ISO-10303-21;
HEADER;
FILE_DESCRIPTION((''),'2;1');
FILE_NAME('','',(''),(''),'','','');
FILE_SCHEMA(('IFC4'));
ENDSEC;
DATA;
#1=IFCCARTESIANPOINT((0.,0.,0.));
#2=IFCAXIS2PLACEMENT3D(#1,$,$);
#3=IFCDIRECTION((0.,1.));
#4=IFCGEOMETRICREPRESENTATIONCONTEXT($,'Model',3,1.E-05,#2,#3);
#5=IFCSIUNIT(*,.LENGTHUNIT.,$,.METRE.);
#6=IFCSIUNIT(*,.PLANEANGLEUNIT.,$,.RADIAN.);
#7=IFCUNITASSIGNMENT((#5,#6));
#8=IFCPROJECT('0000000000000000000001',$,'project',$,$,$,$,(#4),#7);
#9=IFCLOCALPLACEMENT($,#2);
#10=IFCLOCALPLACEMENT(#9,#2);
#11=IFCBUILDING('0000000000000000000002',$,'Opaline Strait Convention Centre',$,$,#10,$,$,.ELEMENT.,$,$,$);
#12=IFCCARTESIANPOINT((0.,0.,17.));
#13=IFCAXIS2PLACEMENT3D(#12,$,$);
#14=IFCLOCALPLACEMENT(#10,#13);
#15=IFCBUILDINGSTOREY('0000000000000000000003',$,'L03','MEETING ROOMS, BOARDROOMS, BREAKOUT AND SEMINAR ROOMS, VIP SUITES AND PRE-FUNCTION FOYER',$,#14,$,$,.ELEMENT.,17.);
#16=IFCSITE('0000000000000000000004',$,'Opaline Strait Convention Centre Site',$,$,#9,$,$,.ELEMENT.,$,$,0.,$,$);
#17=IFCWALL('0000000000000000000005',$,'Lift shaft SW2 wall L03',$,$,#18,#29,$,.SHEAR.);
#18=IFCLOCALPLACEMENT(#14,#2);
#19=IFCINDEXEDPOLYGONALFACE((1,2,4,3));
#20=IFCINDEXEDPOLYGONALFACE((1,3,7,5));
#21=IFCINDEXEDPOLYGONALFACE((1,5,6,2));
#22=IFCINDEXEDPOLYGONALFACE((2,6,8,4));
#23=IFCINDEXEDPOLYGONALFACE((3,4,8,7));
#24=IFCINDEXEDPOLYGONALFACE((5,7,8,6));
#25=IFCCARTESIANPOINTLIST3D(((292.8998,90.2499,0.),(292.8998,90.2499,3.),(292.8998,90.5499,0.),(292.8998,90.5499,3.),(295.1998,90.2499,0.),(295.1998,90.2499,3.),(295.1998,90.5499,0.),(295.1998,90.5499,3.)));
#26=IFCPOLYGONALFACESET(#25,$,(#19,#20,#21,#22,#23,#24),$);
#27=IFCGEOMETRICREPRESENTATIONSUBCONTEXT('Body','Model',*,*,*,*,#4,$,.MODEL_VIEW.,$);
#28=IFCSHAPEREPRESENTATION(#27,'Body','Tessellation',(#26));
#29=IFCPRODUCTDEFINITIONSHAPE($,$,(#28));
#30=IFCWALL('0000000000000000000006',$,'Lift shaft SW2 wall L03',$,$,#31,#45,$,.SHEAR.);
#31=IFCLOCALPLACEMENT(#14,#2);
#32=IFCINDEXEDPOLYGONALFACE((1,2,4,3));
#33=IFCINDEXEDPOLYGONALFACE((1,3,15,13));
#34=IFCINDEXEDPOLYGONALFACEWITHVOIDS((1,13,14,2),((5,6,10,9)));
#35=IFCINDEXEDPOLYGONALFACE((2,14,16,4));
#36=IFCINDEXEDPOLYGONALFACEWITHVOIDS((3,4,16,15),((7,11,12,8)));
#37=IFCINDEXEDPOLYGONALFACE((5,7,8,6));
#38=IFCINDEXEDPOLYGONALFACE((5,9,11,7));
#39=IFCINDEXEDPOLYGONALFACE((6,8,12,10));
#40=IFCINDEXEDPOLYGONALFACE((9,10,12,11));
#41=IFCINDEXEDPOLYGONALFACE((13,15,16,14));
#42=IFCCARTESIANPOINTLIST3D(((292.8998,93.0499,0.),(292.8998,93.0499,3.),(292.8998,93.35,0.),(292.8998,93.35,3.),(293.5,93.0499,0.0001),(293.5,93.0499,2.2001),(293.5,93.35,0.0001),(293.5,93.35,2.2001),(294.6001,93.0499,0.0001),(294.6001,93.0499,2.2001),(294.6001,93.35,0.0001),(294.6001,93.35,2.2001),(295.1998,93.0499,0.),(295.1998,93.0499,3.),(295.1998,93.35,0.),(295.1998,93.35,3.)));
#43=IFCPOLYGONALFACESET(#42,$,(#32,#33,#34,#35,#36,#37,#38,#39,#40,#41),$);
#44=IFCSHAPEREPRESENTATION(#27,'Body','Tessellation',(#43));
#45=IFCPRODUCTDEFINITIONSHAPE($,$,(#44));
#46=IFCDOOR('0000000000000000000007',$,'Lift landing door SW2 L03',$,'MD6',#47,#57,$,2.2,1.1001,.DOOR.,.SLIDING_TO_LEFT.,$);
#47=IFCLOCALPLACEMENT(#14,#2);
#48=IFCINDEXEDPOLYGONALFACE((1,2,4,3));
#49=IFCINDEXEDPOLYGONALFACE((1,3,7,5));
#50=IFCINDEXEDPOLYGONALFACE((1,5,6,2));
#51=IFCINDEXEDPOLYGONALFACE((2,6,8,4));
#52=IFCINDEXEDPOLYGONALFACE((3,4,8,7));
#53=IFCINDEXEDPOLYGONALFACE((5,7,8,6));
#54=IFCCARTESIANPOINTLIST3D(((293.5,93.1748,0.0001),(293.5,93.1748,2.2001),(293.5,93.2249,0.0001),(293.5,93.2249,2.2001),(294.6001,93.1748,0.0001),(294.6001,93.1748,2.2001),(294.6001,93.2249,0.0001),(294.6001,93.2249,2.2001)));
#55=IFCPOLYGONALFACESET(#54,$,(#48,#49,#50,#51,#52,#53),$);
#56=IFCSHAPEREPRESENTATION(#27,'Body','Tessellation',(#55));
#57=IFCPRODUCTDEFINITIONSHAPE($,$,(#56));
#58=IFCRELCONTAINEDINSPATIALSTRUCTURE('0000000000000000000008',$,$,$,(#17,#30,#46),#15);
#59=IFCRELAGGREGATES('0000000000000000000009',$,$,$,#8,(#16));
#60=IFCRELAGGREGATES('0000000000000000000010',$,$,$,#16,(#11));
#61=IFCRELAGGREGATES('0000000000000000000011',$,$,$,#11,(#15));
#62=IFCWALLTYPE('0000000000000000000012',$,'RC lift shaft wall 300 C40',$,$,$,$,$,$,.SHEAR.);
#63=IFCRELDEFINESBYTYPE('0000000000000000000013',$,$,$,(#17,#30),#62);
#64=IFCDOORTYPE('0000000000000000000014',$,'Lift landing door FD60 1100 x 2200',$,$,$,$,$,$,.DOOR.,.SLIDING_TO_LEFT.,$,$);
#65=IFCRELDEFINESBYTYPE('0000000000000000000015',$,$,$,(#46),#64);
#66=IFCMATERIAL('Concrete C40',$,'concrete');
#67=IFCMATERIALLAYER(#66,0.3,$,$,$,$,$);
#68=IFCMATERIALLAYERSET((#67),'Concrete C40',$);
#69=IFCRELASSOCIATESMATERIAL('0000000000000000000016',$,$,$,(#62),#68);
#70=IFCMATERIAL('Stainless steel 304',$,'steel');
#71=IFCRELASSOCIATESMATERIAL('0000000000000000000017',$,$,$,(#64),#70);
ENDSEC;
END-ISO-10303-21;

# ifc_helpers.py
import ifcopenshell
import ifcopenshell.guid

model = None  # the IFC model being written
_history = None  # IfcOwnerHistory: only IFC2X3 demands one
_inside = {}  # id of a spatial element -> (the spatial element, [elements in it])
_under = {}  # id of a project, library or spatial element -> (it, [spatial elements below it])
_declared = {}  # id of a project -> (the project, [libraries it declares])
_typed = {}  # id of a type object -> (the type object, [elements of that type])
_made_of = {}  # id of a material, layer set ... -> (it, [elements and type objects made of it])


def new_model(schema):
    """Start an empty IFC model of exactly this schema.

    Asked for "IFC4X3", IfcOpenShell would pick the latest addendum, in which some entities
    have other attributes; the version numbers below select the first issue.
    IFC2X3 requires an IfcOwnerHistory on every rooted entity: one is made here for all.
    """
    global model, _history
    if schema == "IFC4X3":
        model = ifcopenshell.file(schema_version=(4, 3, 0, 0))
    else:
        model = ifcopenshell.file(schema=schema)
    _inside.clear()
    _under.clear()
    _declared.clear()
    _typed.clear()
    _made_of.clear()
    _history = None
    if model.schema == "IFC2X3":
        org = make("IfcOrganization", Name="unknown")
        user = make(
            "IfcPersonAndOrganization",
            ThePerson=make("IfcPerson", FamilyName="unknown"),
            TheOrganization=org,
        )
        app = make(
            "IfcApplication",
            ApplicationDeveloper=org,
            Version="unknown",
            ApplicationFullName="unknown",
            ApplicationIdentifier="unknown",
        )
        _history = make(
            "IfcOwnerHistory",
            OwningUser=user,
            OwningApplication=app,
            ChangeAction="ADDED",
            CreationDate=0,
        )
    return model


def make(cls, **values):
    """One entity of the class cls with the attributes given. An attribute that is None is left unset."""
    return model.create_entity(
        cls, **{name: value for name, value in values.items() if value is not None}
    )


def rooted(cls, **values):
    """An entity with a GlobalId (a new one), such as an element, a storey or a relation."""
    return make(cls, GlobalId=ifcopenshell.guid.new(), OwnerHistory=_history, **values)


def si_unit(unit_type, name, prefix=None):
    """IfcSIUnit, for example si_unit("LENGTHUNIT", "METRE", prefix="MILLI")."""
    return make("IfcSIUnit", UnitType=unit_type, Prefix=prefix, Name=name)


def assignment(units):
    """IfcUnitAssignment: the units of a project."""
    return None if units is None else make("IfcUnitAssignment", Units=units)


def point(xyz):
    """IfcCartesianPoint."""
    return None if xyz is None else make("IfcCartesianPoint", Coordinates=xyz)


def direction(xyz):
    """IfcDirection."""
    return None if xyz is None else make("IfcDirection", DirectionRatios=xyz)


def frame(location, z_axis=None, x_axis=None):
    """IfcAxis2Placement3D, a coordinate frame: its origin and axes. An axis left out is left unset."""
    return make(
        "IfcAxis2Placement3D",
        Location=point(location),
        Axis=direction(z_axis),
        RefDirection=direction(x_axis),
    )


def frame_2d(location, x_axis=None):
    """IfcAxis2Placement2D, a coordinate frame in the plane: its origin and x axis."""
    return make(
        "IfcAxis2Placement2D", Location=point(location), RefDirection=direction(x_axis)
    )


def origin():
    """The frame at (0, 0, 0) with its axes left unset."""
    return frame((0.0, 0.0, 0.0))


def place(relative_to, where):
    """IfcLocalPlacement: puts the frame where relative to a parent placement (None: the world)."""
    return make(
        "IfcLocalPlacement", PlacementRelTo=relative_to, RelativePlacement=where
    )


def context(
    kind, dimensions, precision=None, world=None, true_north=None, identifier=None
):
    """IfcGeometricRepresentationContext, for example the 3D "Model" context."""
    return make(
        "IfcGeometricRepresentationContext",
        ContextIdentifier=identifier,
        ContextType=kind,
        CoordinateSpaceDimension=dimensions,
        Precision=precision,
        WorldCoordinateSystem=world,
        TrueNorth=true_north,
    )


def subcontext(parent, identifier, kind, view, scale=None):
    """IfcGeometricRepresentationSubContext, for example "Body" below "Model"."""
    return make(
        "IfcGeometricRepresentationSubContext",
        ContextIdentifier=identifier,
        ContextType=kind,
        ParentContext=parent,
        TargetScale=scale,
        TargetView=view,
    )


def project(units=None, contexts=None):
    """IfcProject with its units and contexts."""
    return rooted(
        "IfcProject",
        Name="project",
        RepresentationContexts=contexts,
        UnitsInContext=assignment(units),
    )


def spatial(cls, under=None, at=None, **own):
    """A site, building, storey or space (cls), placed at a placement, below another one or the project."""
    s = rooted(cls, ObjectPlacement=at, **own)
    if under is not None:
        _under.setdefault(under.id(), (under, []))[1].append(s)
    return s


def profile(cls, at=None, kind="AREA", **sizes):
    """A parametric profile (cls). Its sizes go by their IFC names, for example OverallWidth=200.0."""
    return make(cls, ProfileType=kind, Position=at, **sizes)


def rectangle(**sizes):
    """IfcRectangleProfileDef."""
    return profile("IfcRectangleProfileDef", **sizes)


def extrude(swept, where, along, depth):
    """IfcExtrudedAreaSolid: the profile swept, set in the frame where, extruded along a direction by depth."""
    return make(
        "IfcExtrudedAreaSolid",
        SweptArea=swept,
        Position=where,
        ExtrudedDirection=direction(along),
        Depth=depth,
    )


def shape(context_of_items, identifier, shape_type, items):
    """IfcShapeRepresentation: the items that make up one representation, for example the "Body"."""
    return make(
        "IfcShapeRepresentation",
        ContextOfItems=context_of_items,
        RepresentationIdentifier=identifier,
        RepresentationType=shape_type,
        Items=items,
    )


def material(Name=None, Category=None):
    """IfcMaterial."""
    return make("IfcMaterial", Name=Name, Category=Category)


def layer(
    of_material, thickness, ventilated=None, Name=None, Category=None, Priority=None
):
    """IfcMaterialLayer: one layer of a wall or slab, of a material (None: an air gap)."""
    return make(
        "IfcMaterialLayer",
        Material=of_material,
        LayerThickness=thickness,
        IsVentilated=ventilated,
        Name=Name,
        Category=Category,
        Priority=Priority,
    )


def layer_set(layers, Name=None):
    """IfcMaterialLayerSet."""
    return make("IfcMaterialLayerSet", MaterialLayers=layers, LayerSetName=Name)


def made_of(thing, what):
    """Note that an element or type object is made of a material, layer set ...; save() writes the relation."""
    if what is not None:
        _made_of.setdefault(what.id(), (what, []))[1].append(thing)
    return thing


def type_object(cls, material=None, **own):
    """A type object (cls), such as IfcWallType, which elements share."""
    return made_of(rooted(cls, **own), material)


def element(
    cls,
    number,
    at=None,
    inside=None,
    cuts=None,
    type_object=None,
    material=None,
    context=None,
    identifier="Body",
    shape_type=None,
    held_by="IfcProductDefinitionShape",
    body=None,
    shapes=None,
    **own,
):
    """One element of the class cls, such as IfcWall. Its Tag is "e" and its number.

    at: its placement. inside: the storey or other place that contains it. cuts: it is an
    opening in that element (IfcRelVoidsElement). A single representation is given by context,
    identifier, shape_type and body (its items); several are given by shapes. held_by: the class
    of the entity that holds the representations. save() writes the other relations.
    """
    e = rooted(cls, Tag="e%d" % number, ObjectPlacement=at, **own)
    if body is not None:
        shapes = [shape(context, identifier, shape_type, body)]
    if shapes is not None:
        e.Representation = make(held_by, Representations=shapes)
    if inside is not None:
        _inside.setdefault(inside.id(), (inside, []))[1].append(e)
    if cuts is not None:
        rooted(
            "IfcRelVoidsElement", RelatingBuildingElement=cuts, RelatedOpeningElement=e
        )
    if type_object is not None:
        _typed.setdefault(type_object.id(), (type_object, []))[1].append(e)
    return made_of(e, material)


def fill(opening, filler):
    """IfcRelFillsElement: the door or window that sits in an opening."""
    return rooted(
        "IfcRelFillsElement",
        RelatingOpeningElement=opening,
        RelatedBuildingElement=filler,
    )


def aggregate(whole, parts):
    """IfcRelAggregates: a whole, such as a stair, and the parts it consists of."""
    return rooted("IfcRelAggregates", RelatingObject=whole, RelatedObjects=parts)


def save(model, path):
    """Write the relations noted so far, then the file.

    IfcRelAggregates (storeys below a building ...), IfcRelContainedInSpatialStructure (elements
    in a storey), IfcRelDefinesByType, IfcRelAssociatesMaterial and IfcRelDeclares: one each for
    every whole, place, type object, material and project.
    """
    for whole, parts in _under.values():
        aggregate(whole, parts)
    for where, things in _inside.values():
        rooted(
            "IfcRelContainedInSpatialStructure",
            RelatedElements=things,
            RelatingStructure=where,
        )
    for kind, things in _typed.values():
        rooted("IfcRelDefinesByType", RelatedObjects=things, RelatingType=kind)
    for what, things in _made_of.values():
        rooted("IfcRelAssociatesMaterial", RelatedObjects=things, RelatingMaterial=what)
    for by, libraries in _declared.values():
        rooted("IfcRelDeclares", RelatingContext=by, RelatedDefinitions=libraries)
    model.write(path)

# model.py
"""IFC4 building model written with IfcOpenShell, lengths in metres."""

from ifc_helpers import new_model, si_unit, direction, frame, frame_2d, origin, place, context, subcontext, project, spatial, rectangle, extrude, material, layer, layer_set, type_object, element, fill, save


model = new_model("IFC4")

# Units and contexts
model_context = context("Model", 3, precision=1e-05, world=origin(), true_north=direction((0.0, 1.0)))
body_context = subcontext(model_context, "Body", "Model", "MODEL_VIEW")
ifc_project = project(units=[si_unit("LENGTHUNIT", "METRE"), si_unit("PLANEANGLEUNIT", "RADIAN")], contexts=[model_context])

# Site, building, storey
site_placement = place(None, origin())
site = spatial("IfcSite", under=ifc_project, at=site_placement, Name="Opaline Strait Convention Centre Site", CompositionType="ELEMENT", RefElevation=0.0)
building_placement = place(site_placement, origin())
building = spatial("IfcBuilding", under=site, at=building_placement, Name="Opaline Strait Convention Centre", CompositionType="ELEMENT")
storey_placement = place(building_placement, frame((0.0, 0.0, 17.0)))
storey = spatial("IfcBuildingStorey", under=building, at=storey_placement, Name="L03", Description="MEETING ROOMS, BOARDROOMS, BREAKOUT AND SEMINAR ROOMS, VIP SUITES AND PRE-FUNCTION FOYER", CompositionType="ELEMENT", Elevation=17.0)

# Shared definitions
ifc_material_1 = material(Name="Concrete C40", Category="concrete")

# Shared definitions
ifc_layer_1 = layer(ifc_material_1, 0.3)
ifc_layer_set_1 = layer_set([ifc_layer_1], Name="Concrete C40")
wall_type_1 = type_object("IfcWallType", Name="RC lift shaft wall 300 C40", PredefinedType="SHEAR", material=ifc_layer_set_1)

# Shared definitions
ifc_material_2 = material(Name="Stainless steel 304", Category="steel")
door_type_1 = type_object("IfcDoorType", Name="Lift landing door FD60 1100 x 2200", OperationType="SLIDING_TO_LEFT", PredefinedType="DOOR", material=ifc_material_2)

# Wall
wall_1_placement = place(storey_placement, frame((292.8999, 90.3999, 0.0), z_axis=(0.0, 0.0, 1.0), x_axis=(1.0, 0.0, 0.0)))
element("IfcWall", 1, at=wall_1_placement, inside=storey, type_object=wall_type_1, Name="Lift shaft SW2 wall L03", PredefinedType="SHEAR", context=body_context, shape_type="SweptSolid", body=[
    extrude(rectangle(XDim=2.3, YDim=0.3, at=frame_2d((1.1499, 0.0))), origin(), (0.0, 0.0, 1.0), 3.0),
])

# Wall, opening, door
wall_2_placement = place(storey_placement, frame((292.8999, 93.2, 0.0), z_axis=(0.0, 0.0, 1.0), x_axis=(1.0, 0.0, 0.0)))
wall_2 = element("IfcWall", 2, at=wall_2_placement, inside=storey, type_object=wall_type_1, Name="Lift shaft SW2 wall L03", PredefinedType="SHEAR", context=body_context, shape_type="SweptSolid", body=[
    extrude(rectangle(XDim=2.3, YDim=0.3, at=frame_2d((1.1499, 0.0))), origin(), (0.0, 0.0, 1.0), 3.0),
])
opening_1_placement = place(wall_2_placement, frame((0.6001, 0.0, 0.0)))
opening_1 = element("IfcOpeningElement", 3, at=opening_1_placement, cuts=wall_2, PredefinedType="OPENING", context=body_context, shape_type="SweptSolid", body=[
    extrude(rectangle(XDim=1.1001, YDim=2.2, at=frame_2d((0.55, 1.1001))), frame((0.0, 0.1599, 0.0), z_axis=(0.0, -1.0, 0.0), x_axis=(1.0, 0.0, 0.0)), (0.0, 0.0, 1.0), 0.3201),
])
door_1_placement = place(opening_1_placement, origin())
door_1 = element("IfcDoor", 4, at=door_1_placement, inside=storey, type_object=door_type_1, Name="Lift landing door SW2 L03", ObjectType="MD6", OperationType="SLIDING_TO_LEFT", OverallHeight=2.2, OverallWidth=1.1001, PredefinedType="DOOR", context=body_context, shape_type="SweptSolid", body=[
    extrude(rectangle(XDim=1.1001, YDim=2.2, at=frame_2d((0.55, 1.1001))), frame((0.0, 0.0249, 0.0), z_axis=(0.0, -1.0, 0.0), x_axis=(1.0, 0.0, 0.0)), (0.0, 0.0, 1.0), 0.05),
])
fill(opening_1, door_1)

save(model, "model.ifc")
